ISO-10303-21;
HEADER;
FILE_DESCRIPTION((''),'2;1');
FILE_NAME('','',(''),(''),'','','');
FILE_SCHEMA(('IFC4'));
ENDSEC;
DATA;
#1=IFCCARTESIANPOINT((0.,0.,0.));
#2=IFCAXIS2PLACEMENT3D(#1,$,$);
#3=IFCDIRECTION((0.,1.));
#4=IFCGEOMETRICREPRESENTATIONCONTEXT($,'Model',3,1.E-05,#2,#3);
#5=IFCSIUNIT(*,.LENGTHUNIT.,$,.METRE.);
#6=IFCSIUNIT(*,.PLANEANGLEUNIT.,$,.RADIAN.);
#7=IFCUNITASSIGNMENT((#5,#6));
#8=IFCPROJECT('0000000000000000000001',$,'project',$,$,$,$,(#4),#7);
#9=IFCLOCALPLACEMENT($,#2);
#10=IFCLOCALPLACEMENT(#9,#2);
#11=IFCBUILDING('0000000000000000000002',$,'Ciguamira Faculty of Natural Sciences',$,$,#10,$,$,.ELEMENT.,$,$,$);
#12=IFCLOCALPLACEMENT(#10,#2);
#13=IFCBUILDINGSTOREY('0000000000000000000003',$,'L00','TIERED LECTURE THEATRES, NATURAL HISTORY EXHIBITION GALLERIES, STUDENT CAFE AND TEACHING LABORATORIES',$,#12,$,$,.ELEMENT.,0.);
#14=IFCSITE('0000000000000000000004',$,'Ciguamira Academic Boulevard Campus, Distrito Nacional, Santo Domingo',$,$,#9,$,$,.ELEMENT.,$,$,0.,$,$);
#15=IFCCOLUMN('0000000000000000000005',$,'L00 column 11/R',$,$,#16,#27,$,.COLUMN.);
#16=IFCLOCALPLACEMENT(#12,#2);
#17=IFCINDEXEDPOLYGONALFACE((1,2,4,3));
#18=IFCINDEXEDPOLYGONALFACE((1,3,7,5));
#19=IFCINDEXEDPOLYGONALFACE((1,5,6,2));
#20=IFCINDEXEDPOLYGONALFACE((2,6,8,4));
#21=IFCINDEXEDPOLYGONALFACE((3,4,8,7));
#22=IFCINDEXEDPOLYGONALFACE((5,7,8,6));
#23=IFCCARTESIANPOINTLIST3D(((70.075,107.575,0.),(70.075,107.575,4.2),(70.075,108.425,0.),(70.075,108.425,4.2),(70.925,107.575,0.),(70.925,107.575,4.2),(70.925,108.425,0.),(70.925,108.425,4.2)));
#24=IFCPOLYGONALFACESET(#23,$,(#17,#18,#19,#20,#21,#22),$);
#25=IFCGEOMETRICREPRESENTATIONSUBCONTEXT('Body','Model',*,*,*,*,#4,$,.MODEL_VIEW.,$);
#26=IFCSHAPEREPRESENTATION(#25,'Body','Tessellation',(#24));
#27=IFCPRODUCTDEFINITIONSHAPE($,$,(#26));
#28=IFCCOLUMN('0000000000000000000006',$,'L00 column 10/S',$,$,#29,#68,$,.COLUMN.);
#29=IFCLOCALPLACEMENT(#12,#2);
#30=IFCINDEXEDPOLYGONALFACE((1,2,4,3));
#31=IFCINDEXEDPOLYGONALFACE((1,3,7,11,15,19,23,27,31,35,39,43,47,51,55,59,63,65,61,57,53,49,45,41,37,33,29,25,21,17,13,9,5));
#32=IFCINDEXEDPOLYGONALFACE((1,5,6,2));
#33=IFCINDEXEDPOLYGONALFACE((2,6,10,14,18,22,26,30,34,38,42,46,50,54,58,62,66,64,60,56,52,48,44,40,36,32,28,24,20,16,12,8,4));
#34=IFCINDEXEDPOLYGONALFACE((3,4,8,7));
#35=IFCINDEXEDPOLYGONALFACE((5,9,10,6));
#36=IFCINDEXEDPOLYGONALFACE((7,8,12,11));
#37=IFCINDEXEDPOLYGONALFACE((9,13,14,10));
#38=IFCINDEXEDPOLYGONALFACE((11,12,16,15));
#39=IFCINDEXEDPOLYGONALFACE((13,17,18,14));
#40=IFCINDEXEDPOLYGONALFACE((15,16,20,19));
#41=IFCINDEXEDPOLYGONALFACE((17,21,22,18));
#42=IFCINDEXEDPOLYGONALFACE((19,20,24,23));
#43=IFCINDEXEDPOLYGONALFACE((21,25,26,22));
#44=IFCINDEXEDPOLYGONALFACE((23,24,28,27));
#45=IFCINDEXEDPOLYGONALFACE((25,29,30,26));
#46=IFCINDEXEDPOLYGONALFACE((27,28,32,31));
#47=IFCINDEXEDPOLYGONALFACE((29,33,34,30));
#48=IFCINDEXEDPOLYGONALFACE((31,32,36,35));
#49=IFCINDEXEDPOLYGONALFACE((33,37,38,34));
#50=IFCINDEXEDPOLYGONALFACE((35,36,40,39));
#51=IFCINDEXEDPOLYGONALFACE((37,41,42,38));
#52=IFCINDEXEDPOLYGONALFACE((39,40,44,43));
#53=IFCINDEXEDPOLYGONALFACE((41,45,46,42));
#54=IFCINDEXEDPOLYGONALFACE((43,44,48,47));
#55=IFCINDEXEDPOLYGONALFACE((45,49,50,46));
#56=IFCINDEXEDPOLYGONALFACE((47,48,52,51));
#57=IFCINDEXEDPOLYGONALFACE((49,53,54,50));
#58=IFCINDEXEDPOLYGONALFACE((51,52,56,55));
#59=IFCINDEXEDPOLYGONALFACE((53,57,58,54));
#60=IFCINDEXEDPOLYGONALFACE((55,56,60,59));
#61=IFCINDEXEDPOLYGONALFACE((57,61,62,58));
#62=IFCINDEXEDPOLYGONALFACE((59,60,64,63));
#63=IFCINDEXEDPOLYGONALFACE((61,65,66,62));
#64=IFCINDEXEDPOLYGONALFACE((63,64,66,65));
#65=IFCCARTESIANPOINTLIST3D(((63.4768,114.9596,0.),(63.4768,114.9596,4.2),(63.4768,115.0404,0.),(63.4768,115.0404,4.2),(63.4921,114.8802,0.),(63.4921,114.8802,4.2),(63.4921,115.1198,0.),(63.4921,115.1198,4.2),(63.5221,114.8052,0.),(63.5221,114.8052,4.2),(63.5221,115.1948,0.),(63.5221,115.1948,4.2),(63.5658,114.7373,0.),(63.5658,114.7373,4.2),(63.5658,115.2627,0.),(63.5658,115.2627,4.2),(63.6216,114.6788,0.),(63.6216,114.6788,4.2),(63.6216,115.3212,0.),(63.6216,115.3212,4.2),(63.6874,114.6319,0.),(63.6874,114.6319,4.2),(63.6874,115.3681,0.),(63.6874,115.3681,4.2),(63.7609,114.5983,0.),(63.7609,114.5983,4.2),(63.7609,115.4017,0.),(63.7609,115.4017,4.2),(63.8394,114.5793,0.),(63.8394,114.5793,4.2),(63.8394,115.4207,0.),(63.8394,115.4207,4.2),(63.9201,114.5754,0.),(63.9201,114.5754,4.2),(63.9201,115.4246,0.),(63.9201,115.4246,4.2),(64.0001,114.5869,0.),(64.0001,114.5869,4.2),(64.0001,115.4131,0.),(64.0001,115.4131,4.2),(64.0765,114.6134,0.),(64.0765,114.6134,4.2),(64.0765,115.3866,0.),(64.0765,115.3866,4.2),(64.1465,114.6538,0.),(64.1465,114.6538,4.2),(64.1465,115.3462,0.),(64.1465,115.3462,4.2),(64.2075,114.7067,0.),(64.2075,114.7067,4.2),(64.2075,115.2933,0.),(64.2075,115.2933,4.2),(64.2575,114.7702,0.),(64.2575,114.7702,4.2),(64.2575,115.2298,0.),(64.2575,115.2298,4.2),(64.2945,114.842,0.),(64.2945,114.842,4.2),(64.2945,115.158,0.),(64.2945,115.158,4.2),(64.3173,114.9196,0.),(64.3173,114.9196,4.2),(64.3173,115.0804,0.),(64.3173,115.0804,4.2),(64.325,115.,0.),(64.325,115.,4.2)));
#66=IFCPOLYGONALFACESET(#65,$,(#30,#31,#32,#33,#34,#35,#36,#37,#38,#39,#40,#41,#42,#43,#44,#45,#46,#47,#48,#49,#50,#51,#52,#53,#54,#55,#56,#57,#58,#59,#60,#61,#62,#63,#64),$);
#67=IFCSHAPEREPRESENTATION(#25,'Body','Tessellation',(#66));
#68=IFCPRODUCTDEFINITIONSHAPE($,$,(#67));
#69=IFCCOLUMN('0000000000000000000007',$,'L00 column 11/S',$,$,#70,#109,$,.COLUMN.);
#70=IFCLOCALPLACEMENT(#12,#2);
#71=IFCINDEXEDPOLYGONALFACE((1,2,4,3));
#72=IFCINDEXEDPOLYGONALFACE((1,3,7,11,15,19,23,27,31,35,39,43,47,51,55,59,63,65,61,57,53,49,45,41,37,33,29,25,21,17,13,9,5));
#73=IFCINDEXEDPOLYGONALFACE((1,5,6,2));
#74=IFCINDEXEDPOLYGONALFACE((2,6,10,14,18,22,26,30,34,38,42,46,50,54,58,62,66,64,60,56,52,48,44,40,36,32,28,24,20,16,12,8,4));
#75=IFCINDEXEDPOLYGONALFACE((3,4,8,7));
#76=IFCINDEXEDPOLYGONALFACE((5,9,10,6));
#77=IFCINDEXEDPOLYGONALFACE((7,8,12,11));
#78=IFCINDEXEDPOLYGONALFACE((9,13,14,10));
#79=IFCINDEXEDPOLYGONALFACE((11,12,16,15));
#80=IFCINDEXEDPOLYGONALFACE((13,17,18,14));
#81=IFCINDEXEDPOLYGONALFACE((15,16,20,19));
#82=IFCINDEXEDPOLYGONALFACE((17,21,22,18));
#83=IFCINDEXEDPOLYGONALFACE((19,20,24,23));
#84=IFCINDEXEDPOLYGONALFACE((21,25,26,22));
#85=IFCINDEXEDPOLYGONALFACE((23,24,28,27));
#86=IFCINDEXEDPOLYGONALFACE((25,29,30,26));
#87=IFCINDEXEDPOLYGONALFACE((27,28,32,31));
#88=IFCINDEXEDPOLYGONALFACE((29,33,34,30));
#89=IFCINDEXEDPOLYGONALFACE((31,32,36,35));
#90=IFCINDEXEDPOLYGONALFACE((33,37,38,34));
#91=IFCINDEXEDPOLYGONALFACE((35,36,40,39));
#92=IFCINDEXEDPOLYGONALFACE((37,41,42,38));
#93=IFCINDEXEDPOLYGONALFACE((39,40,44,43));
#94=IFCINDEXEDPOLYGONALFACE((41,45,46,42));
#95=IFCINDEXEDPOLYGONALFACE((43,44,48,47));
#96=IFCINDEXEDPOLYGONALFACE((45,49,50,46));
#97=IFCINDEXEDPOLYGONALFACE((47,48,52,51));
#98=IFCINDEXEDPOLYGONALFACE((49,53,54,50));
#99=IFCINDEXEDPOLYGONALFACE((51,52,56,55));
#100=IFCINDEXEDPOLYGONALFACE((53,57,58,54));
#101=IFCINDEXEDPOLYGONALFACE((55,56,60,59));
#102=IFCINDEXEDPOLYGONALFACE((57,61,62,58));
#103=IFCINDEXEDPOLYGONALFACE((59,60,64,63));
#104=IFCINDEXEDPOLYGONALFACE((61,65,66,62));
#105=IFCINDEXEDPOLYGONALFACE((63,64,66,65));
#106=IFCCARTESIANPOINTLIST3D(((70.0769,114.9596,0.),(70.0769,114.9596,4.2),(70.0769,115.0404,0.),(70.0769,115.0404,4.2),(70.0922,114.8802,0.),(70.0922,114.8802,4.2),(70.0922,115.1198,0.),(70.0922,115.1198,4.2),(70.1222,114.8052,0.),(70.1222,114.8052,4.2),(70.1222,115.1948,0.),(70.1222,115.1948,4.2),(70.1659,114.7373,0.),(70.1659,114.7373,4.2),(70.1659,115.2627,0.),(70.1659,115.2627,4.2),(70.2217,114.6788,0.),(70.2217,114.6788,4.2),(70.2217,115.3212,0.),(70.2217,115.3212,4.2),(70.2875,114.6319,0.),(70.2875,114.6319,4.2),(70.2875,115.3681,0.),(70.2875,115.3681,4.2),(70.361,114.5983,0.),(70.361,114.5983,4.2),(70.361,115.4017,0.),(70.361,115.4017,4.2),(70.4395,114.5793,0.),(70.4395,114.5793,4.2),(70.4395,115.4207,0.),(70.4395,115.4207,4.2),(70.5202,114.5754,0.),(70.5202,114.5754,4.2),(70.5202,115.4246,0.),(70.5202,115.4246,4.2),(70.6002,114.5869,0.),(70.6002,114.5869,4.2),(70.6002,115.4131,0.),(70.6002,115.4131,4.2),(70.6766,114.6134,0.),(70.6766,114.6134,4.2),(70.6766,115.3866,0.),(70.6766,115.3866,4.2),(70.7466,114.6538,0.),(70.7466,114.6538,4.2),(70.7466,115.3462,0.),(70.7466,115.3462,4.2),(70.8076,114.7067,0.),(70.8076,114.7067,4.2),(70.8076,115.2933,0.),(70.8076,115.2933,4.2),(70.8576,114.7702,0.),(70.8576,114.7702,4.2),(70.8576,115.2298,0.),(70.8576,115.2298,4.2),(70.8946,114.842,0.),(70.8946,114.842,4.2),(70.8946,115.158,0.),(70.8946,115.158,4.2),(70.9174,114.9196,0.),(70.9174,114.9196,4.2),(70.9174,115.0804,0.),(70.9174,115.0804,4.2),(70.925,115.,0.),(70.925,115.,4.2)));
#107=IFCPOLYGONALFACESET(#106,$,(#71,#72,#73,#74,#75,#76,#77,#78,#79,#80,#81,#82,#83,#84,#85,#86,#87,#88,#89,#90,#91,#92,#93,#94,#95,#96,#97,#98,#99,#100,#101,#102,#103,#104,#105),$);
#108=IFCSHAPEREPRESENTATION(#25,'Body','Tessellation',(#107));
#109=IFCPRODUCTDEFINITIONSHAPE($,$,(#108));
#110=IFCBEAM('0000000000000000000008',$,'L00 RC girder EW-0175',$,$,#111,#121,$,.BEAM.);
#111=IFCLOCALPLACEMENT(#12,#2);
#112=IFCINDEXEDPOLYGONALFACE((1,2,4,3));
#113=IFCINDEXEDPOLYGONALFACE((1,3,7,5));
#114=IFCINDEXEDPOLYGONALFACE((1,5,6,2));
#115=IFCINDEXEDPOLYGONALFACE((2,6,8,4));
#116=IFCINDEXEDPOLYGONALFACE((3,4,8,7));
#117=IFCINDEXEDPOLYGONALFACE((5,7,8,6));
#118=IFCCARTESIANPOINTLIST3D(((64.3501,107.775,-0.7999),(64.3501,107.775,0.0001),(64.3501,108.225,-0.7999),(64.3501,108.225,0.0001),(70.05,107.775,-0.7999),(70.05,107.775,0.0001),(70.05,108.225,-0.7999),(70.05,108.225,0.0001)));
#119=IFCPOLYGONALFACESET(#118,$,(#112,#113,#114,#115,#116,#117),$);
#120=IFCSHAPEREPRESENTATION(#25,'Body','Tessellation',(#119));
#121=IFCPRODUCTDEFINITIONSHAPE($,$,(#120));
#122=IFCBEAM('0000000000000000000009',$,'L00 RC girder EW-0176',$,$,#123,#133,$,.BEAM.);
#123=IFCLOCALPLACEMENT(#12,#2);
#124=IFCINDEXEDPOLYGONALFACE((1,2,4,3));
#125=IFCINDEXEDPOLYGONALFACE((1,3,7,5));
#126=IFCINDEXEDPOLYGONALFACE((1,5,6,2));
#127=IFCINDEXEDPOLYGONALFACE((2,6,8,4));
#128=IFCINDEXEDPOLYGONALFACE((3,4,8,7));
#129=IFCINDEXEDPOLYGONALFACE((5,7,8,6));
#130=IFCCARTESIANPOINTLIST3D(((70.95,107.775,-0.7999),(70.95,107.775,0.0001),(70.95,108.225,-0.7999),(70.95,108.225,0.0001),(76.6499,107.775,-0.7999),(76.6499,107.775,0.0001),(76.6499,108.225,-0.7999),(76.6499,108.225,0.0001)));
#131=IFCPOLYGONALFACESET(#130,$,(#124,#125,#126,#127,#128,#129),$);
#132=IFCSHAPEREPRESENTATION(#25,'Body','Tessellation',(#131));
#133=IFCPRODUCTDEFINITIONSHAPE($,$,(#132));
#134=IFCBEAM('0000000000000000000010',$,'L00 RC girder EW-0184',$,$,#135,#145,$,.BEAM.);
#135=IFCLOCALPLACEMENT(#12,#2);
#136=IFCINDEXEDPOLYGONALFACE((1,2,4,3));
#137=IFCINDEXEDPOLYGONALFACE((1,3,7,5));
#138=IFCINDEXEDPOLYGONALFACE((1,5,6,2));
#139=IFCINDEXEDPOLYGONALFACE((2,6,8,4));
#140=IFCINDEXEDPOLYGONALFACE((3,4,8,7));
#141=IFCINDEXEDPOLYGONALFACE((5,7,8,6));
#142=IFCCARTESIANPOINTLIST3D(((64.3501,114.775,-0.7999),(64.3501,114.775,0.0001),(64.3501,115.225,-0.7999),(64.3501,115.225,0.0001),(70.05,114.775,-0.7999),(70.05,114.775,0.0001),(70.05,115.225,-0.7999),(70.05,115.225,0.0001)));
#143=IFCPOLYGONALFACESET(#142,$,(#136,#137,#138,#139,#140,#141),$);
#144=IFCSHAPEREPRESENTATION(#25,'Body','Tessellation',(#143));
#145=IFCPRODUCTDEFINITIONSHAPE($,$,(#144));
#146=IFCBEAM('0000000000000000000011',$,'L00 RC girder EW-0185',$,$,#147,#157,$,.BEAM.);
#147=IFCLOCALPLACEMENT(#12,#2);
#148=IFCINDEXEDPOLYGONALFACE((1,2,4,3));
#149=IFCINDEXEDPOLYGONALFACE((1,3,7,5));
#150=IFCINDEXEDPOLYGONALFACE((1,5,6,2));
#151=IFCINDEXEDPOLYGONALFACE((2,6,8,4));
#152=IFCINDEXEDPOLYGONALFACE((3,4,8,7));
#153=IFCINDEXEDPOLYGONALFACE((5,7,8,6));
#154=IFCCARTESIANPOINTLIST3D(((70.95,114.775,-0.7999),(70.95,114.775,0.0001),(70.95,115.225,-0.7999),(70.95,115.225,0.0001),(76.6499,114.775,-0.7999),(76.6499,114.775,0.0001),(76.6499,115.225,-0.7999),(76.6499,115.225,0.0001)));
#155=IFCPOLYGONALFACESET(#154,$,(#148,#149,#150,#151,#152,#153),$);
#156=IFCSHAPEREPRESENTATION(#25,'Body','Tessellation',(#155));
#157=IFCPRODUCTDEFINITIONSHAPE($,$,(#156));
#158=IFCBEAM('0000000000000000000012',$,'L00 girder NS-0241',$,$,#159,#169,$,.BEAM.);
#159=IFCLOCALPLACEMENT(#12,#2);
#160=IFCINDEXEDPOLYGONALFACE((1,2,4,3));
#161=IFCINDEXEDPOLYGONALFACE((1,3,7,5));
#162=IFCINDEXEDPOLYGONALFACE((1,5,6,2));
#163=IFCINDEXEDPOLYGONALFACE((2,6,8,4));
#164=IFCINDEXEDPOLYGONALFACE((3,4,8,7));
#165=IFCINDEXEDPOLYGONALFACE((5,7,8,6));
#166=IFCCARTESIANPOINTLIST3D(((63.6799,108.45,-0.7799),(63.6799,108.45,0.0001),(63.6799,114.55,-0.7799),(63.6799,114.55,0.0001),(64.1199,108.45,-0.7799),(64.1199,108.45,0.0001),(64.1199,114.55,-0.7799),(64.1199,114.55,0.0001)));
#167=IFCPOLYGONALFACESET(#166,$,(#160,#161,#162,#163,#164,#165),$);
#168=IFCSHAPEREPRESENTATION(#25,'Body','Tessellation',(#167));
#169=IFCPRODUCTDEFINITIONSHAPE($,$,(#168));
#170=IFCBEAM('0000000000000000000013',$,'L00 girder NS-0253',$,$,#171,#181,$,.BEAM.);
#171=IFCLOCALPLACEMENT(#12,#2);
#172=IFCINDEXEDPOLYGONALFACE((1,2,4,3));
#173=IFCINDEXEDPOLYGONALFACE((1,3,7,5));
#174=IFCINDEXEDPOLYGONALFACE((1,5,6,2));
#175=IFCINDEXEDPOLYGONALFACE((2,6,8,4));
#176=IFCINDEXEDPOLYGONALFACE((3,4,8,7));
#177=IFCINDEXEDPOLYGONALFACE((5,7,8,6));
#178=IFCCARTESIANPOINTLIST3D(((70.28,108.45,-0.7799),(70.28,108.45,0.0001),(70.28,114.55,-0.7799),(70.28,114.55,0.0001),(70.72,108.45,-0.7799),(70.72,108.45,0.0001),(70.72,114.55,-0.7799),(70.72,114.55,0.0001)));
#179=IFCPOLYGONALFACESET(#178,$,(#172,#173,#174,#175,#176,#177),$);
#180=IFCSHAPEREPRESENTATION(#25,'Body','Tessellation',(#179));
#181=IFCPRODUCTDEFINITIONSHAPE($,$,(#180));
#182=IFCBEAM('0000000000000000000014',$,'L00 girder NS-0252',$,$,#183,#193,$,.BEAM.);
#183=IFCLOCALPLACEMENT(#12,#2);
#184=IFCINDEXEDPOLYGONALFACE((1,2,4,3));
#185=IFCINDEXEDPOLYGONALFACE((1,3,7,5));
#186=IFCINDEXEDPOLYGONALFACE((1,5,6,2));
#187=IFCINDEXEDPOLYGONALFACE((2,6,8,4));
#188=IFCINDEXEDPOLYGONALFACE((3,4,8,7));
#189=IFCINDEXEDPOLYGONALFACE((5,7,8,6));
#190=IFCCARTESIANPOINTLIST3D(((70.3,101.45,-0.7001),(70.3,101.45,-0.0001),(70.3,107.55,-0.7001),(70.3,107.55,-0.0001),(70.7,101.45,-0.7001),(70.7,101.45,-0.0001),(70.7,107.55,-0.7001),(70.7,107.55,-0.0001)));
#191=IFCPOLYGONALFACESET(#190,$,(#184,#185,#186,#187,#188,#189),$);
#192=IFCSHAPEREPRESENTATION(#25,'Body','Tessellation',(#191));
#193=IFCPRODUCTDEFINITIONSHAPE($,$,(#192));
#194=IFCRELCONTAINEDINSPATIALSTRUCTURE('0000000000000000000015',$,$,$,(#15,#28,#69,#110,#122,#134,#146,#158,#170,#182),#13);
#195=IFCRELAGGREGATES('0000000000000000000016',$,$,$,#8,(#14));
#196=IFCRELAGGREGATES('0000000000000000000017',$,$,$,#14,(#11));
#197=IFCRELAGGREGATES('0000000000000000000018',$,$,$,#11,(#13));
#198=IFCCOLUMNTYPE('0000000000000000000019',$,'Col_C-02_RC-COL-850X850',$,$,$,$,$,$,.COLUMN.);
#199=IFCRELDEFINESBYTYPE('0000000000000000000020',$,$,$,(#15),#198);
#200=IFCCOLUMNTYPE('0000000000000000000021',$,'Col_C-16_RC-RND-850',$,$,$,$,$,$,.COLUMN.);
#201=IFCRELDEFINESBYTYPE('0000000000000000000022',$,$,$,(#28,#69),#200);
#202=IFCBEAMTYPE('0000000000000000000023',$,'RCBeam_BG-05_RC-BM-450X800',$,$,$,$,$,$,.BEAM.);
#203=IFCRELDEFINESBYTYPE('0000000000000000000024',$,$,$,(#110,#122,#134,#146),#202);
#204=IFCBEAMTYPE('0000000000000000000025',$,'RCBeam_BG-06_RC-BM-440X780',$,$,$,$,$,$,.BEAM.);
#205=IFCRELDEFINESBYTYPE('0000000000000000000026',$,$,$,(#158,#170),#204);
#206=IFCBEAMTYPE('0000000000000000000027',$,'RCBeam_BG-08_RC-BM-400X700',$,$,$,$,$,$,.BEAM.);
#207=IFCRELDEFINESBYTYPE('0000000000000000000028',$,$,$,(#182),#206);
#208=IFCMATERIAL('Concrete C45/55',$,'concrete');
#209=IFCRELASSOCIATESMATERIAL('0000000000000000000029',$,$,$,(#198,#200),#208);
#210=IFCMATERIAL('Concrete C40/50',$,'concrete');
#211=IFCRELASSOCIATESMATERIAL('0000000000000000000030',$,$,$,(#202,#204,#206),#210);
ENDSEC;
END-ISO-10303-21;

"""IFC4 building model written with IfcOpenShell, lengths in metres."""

from ifc_helpers import new_model, si_unit, direction, frame, origin, origin_2d, place, context, subcontext, project, spatial, rectangle, circle, extrude, material, material_profile, profile_set, type_object, element, save


model = new_model("IFC4")

# Units and contexts
model_context = context("Model", 3, precision=1e-05, world=origin(), true_north=direction((0.0, 1.0)))
body_context = subcontext(model_context, "Body", "Model", "MODEL_VIEW")
ifc_project = project(units=[si_unit("LENGTHUNIT", "METRE"), si_unit("PLANEANGLEUNIT", "RADIAN")], contexts=[model_context])

# Site, building, storey
site_placement = place(None, origin())
site = spatial("IfcSite", under=ifc_project, at=site_placement, Name="Ciguamira Academic Boulevard Campus, Distrito Nacional, Santo Domingo", CompositionType="ELEMENT", RefElevation=0.0)
building_placement = place(site_placement, origin())
building = spatial("IfcBuilding", under=site, at=building_placement, Name="Ciguamira Faculty of Natural Sciences", CompositionType="ELEMENT")
storey_placement = place(building_placement, origin())
storey = spatial("IfcBuildingStorey", under=building, at=storey_placement, Name="L00", Description="TIERED LECTURE THEATRES, NATURAL HISTORY EXHIBITION GALLERIES, STUDENT CAFE AND TEACHING LABORATORIES", CompositionType="ELEMENT", Elevation=0.0)

# Columns
ifc_material_1 = material(Name="Concrete C45/55", Category="concrete")
ifc_material_profile_1 = material_profile(ifc_material_1, rectangle(XDim=0.8501, YDim=0.8501, at=origin_2d()), Name="RC-COL-850X850")
ifc_profile_set_1 = profile_set([ifc_material_profile_1], Name="Concrete C45/55")
column_type_1 = type_object("IfcColumnType", Name="Col_C-02_RC-COL-850X850", PredefinedType="COLUMN", material=ifc_profile_set_1)
column_placement = place(storey_placement, frame((70.5, 108.0, 0.0), z_axis=(0.0, 0.0, 1.0), x_axis=(1.0, 0.0, 0.0)))
element("IfcColumn", 1, at=column_placement, inside=storey, type_object=column_type_1, Name="L00 column 11/R", PredefinedType="COLUMN", context=body_context, shape_type="SweptSolid", body=[
    extrude(rectangle(XDim=0.8501, YDim=0.8501, at=origin_2d()), origin(), (0.0, 0.0, 1.0), 4.2),
])
ifc_material_profile_2 = material_profile(ifc_material_1, circle(Radius=0.425, at=origin_2d()), Name="RC-RND-850")
ifc_profile_set_2 = profile_set([ifc_material_profile_2], Name="Concrete C45/55")
column_type_2 = type_object("IfcColumnType", Name="Col_C-16_RC-RND-850", PredefinedType="COLUMN", material=ifc_profile_set_2)
for number, where, z_axis, x_axis, name in (
    (2, (63.8999, 115.0, 0.0), (0.0, 0.0, 1.0), (1.0, 0.0, 0.0), "L00 column 10/S"),
    (3, (70.5, 115.0, 0.0), (0.0, 0.0, 1.0), (1.0, 0.0, 0.0), "L00 column 11/S"),
):
    element("IfcColumn", number, at=place(storey_placement, frame(where, z_axis=z_axis, x_axis=x_axis)), inside=storey, type_object=column_type_2, Name=name, PredefinedType="COLUMN", context=body_context, shape_type="SweptSolid", body=[
        extrude(circle(Radius=0.425, at=origin_2d()), origin(), (0.0, 0.0, 1.0), 4.2),
    ])

# Beams
ifc_material_2 = material(Name="Concrete C40/50", Category="concrete")
ifc_material_profile_3 = material_profile(ifc_material_2, rectangle(XDim=0.45, YDim=0.8, at=origin_2d()), Name="RC-BM-450X800")
ifc_profile_set_3 = profile_set([ifc_material_profile_3], Name="Concrete C40/50")
beam_type_1 = type_object("IfcBeamType", Name="RCBeam_BG-05_RC-BM-450X800", PredefinedType="BEAM", material=ifc_profile_set_3)
for number, where, z_axis, x_axis, name in (
    (4, (64.3501, 108.0, -0.3999), (1.0, 0.0, 0.0), (0.0, 1.0, 0.0), "L00 RC girder EW-0175"),
    (5, (70.95, 108.0, -0.3999), (1.0, 0.0, 0.0), (0.0, 1.0, 0.0), "L00 RC girder EW-0176"),
    (6, (64.3501, 115.0, -0.3999), (1.0, 0.0, 0.0), (0.0, 1.0, 0.0), "L00 RC girder EW-0184"),
    (7, (70.95, 115.0, -0.3999), (1.0, 0.0, 0.0), (0.0, 1.0, 0.0), "L00 RC girder EW-0185"),
):
    element("IfcBeam", number, at=place(storey_placement, frame(where, z_axis=z_axis, x_axis=x_axis)), inside=storey, type_object=beam_type_1, Name=name, PredefinedType="BEAM", context=body_context, shape_type="SweptSolid", body=[
        extrude(rectangle(XDim=0.45, YDim=0.8, at=origin_2d()), origin(), (0.0, 0.0, 1.0), 5.7),
    ])
ifc_material_profile_4 = material_profile(ifc_material_2, rectangle(XDim=0.4399, YDim=0.78, at=origin_2d()), Name="RC-BM-440X780")
ifc_profile_set_4 = profile_set([ifc_material_profile_4], Name="Concrete C40/50")
beam_type_2 = type_object("IfcBeamType", Name="RCBeam_BG-06_RC-BM-440X780", PredefinedType="BEAM", material=ifc_profile_set_4)
for number, where, z_axis, x_axis, name in (
    (8, (63.8999, 108.45, -0.3899), (0.0, 1.0, 0.0), (-1.0, 0.0, 0.0), "L00 girder NS-0241"),
    (9, (70.5, 108.45, -0.3899), (0.0, 1.0, 0.0), (-1.0, 0.0, 0.0), "L00 girder NS-0253"),
):
    element("IfcBeam", number, at=place(storey_placement, frame(where, z_axis=z_axis, x_axis=x_axis)), inside=storey, type_object=beam_type_2, Name=name, PredefinedType="BEAM", context=body_context, shape_type="SweptSolid", body=[
        extrude(rectangle(XDim=0.4399, YDim=0.78, at=origin_2d()), origin(), (0.0, 0.0, 1.0), 6.1001),
    ])
ifc_material_profile_5 = material_profile(ifc_material_2, rectangle(XDim=0.3999, YDim=0.7, at=origin_2d()), Name="RC-BM-400X700")
ifc_profile_set_5 = profile_set([ifc_material_profile_5], Name="Concrete C40/50")
beam_type_3 = type_object("IfcBeamType", Name="RCBeam_BG-08_RC-BM-400X700", PredefinedType="BEAM", material=ifc_profile_set_5)
beam_1_placement = place(storey_placement, frame((70.5, 101.45, -0.3501), z_axis=(0.0, 1.0, 0.0), x_axis=(-1.0, 0.0, 0.0)))
element("IfcBeam", 10, at=beam_1_placement, inside=storey, type_object=beam_type_3, Name="L00 girder NS-0252", PredefinedType="BEAM", context=body_context, shape_type="SweptSolid", body=[
    extrude(rectangle(XDim=0.3999, YDim=0.7, at=origin_2d()), origin(), (0.0, 0.0, 1.0), 6.1001),
])

save(model, "model.ifc")
